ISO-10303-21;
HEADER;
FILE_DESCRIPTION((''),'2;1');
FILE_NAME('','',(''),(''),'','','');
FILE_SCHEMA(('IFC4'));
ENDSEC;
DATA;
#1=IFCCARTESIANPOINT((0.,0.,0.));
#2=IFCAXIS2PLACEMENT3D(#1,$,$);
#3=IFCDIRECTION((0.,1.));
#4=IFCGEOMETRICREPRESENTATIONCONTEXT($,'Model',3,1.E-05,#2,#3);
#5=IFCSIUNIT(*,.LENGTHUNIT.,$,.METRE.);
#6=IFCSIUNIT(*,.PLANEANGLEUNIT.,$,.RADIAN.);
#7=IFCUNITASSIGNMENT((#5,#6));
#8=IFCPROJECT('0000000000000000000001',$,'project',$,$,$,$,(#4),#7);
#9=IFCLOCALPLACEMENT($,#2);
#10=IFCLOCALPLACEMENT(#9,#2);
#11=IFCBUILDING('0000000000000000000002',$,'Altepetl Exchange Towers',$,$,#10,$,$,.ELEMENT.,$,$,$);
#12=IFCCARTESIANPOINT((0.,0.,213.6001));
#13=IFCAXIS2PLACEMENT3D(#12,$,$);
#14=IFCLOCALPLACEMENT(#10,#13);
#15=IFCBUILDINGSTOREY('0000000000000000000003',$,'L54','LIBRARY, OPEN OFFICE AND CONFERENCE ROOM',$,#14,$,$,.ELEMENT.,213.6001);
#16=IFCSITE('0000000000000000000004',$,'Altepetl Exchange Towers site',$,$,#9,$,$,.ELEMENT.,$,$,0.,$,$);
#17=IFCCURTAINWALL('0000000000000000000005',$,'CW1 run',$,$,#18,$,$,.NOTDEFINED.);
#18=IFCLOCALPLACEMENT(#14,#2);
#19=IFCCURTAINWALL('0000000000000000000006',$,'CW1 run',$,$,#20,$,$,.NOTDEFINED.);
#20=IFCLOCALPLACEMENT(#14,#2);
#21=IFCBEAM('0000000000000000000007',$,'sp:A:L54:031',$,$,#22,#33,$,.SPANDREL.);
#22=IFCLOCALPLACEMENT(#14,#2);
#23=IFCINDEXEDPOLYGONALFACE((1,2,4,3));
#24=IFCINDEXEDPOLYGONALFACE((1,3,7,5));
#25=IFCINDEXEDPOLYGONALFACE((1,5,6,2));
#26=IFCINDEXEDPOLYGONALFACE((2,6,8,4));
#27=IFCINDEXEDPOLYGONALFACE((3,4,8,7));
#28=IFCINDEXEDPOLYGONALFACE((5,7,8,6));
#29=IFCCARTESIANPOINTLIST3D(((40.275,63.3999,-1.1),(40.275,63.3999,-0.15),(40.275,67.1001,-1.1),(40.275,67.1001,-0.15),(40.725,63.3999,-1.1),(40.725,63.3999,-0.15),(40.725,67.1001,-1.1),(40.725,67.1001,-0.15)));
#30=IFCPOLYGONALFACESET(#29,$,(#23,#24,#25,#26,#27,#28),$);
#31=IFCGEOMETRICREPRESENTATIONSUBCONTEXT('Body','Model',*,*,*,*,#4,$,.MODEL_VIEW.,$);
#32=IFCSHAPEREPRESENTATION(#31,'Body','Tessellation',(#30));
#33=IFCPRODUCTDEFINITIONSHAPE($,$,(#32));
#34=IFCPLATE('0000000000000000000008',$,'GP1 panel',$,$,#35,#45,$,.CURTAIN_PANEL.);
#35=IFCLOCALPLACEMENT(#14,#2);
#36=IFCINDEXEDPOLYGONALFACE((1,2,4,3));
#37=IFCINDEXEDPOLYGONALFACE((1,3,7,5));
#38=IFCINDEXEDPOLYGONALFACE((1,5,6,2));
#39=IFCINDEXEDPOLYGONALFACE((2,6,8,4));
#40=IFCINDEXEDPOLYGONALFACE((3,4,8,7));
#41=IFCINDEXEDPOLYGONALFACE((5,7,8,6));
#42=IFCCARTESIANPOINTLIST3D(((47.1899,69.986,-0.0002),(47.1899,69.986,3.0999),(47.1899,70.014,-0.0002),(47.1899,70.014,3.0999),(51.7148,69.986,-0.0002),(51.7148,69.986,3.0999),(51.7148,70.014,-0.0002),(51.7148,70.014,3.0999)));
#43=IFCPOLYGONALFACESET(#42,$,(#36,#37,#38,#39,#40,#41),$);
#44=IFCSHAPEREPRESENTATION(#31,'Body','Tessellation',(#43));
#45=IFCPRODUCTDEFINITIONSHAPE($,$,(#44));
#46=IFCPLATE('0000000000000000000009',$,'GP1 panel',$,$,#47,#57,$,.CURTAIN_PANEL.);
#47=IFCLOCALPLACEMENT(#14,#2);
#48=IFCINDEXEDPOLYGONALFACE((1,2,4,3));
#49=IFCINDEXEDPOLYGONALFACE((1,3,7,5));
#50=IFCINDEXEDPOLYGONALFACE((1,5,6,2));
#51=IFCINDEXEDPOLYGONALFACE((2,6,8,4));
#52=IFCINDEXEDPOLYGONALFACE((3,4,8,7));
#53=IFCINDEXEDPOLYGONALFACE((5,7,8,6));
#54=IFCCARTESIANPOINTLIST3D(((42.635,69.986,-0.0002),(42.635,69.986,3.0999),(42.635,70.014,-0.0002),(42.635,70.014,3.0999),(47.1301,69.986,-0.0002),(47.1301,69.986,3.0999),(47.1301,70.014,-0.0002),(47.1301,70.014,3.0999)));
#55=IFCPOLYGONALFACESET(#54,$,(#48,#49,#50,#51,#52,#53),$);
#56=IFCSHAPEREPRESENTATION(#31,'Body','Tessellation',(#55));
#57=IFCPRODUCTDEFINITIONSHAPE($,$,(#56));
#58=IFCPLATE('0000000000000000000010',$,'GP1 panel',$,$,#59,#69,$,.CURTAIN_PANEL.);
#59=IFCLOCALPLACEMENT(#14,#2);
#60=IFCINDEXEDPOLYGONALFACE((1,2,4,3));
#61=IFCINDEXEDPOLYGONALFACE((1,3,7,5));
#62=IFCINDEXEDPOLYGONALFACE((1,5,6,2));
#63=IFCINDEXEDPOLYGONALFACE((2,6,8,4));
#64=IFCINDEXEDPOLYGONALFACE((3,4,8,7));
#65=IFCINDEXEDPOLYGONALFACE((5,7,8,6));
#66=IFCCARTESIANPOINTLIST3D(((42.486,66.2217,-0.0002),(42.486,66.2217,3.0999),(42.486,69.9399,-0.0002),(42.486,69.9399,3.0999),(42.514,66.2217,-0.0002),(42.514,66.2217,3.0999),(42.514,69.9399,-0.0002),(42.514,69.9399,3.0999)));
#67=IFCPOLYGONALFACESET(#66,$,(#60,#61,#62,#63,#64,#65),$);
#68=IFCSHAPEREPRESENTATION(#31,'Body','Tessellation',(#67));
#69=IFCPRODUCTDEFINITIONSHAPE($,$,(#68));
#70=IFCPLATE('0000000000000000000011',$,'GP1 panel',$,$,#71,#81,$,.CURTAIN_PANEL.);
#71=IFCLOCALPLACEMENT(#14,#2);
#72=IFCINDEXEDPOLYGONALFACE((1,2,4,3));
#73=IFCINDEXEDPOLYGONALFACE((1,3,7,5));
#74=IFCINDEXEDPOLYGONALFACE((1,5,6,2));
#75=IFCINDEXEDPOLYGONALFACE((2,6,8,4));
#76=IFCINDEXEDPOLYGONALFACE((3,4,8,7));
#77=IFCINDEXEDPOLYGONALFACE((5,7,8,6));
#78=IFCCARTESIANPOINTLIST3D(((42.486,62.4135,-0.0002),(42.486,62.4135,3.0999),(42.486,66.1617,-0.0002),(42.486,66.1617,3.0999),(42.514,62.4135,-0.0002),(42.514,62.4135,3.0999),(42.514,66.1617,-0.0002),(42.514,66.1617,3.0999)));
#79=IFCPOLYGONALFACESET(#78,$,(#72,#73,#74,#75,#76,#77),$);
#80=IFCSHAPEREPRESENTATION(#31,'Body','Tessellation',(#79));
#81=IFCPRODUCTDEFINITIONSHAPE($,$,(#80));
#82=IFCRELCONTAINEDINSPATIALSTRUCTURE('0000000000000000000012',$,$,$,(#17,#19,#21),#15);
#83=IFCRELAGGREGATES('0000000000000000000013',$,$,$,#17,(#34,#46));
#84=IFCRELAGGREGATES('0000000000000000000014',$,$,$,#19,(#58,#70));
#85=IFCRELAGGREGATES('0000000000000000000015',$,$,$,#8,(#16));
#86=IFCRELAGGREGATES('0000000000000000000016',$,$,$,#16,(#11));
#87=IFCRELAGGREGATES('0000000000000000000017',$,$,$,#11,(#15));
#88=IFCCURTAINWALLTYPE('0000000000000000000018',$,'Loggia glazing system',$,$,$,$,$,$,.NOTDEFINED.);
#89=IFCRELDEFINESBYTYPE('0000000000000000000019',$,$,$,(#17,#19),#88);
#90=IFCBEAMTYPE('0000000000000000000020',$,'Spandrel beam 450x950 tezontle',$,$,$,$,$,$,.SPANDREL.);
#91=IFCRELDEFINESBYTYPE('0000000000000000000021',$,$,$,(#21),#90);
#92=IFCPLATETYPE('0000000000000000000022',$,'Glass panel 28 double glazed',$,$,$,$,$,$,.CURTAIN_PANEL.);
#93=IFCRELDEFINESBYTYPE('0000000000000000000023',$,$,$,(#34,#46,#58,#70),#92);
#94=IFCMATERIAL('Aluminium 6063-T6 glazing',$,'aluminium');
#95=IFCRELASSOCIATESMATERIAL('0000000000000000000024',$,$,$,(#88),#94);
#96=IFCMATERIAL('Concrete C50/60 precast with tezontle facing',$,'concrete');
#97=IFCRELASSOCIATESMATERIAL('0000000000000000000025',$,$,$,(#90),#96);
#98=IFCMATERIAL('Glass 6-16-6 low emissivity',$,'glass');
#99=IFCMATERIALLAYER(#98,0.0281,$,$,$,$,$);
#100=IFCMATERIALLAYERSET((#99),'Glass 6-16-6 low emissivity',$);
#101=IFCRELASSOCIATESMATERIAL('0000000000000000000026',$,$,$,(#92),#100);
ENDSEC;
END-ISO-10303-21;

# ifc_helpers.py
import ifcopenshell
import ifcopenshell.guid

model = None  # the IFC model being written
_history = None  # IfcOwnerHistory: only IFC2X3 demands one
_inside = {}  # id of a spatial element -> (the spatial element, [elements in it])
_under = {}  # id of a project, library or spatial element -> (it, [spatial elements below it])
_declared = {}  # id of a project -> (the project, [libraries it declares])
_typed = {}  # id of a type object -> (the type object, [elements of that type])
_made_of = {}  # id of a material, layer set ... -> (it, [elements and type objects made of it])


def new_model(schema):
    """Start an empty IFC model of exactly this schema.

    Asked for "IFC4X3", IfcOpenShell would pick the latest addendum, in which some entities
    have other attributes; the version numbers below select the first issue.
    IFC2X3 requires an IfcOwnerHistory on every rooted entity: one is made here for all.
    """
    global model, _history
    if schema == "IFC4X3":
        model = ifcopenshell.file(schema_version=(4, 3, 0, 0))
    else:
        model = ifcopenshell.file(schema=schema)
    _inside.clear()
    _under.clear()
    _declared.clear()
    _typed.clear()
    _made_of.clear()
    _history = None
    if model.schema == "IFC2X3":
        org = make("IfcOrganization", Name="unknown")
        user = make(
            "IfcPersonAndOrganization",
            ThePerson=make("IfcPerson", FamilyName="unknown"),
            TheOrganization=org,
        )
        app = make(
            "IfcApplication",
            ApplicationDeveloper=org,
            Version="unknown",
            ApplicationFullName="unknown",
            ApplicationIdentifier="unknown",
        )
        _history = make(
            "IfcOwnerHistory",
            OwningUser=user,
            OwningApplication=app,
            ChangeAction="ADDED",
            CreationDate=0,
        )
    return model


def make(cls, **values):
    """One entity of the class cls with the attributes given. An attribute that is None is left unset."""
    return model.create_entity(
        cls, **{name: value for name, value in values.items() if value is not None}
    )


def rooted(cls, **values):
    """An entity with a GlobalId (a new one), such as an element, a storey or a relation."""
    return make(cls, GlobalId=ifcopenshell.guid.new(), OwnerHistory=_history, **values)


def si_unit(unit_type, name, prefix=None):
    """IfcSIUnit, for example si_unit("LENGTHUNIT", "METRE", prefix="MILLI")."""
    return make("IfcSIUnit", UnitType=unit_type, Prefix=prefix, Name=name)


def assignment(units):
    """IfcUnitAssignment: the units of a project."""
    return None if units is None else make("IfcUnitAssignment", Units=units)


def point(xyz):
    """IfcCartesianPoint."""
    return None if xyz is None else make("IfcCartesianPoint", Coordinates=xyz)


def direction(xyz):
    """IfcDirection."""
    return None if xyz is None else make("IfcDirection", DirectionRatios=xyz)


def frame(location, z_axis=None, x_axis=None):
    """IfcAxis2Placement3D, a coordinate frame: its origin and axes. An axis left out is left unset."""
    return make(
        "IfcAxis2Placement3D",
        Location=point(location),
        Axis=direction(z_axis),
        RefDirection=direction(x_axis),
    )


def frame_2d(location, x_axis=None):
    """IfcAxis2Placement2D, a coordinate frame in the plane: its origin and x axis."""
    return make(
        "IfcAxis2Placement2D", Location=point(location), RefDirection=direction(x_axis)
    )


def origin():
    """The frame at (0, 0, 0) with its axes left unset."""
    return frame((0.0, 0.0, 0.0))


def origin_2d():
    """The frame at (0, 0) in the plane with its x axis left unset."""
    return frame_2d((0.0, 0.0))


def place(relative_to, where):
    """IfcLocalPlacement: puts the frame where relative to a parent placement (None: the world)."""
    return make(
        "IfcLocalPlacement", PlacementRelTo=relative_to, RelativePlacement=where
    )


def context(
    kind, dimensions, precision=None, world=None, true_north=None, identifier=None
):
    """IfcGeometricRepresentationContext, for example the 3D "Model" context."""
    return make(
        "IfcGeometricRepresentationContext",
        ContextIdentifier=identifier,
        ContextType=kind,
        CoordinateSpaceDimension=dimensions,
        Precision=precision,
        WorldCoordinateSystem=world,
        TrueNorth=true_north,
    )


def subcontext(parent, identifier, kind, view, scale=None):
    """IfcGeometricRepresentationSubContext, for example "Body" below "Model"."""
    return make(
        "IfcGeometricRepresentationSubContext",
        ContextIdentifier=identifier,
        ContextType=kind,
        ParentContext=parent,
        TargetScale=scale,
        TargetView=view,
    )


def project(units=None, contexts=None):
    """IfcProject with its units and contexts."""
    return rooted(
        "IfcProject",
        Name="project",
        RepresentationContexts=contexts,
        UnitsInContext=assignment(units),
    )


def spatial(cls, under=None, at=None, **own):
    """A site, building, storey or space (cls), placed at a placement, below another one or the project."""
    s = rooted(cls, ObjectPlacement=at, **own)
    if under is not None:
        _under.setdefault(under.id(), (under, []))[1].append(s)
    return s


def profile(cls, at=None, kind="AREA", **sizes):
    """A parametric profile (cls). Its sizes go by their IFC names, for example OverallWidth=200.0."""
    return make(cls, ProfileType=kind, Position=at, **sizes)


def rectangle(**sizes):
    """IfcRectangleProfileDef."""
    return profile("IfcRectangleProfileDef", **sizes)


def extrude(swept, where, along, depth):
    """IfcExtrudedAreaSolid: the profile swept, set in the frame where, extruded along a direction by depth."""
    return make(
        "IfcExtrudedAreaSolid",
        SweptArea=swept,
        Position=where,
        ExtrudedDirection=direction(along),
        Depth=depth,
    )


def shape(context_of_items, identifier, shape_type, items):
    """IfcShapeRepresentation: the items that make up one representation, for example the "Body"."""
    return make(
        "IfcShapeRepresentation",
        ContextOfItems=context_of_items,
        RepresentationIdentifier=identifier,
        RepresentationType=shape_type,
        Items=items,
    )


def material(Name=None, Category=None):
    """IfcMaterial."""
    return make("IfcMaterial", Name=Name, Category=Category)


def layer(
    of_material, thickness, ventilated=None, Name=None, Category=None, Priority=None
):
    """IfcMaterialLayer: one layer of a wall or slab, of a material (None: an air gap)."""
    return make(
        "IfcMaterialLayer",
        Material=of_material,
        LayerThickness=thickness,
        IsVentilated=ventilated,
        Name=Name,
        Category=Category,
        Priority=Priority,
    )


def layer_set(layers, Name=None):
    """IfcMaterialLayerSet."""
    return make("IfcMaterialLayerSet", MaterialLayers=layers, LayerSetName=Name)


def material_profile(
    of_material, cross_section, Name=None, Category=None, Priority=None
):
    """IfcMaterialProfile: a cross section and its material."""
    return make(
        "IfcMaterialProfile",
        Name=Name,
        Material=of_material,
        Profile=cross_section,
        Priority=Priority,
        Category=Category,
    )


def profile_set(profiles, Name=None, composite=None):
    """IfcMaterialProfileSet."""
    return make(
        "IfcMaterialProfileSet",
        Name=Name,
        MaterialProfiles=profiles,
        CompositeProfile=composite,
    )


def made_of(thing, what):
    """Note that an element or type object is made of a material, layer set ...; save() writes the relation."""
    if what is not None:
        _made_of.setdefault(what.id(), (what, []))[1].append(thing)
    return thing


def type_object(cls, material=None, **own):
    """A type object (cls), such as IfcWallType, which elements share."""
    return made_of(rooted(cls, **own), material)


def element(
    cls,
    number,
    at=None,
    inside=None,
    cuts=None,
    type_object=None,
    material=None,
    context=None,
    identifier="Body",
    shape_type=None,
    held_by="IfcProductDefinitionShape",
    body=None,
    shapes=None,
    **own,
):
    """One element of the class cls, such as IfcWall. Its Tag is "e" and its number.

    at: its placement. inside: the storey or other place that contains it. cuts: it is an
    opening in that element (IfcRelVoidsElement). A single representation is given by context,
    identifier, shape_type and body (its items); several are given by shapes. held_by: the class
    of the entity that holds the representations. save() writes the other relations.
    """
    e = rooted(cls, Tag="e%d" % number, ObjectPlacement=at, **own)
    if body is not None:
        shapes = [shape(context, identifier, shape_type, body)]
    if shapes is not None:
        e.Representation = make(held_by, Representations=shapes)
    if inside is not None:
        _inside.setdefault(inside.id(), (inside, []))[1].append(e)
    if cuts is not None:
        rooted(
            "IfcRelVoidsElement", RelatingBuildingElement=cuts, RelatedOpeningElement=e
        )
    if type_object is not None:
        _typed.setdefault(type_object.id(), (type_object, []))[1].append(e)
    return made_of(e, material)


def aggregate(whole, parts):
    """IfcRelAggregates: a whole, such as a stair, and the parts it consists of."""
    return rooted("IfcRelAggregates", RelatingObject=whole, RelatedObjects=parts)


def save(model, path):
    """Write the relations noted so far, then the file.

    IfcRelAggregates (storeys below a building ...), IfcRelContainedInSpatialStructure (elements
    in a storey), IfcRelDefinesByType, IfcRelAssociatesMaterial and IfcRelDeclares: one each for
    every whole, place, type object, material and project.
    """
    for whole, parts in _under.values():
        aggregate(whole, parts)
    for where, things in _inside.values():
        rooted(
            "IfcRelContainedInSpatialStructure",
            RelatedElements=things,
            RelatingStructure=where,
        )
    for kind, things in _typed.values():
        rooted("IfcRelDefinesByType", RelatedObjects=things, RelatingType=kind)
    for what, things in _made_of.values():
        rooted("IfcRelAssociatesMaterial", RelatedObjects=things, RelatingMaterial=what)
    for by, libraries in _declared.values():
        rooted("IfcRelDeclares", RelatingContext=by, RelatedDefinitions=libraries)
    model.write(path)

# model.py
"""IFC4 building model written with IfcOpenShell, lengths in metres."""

from ifc_helpers import new_model, si_unit, direction, frame, origin, origin_2d, place, context, subcontext, project, spatial, rectangle, extrude, material, layer, layer_set, material_profile, profile_set, type_object, element, aggregate, save


model = new_model("IFC4")

# Units and contexts
model_context = context("Model", 3, precision=1e-05, world=origin(), true_north=direction((0.0, 1.0)))
body_context = subcontext(model_context, "Body", "Model", "MODEL_VIEW")
ifc_project = project(units=[si_unit("LENGTHUNIT", "METRE"), si_unit("PLANEANGLEUNIT", "RADIAN")], contexts=[model_context])

# Site, building, storey
site_placement = place(None, origin())
site = spatial("IfcSite", under=ifc_project, at=site_placement, Name="Altepetl Exchange Towers site", CompositionType="ELEMENT", RefElevation=0.0)
building_placement = place(site_placement, origin())
building = spatial("IfcBuilding", under=site, at=building_placement, Name="Altepetl Exchange Towers", CompositionType="ELEMENT")
storey_placement = place(building_placement, frame((0.0, 0.0, 213.6001)))
storey = spatial("IfcBuildingStorey", under=building, at=storey_placement, Name="L54", Description="LIBRARY, OPEN OFFICE AND CONFERENCE ROOM", CompositionType="ELEMENT", Elevation=213.6001)

# Curtain walls
ifc_material_1 = material(Name="Aluminium 6063-T6 glazing", Category="aluminium")
curtain_wall_type = type_object("IfcCurtainWallType", Name="Loggia glazing system", PredefinedType="NOTDEFINED", material=ifc_material_1)
curtain_wall_1_placement = place(storey_placement, origin())
curtain_wall_1 = element("IfcCurtainWall", 1, at=curtain_wall_1_placement, inside=storey, type_object=curtain_wall_type, Name="CW1 run", PredefinedType="NOTDEFINED")
curtain_wall_2_placement = place(storey_placement, origin())
curtain_wall_2 = element("IfcCurtainWall", 2, at=curtain_wall_2_placement, inside=storey, type_object=curtain_wall_type, Name="CW1 run", PredefinedType="NOTDEFINED")

# Beam
ifc_material_2 = material(Name="Concrete C50/60 precast with tezontle facing", Category="concrete")
ifc_material_profile_1 = material_profile(ifc_material_2, rectangle(XDim=0.45, YDim=0.95, at=origin_2d()), Name="450 x 950")
ifc_profile_set_1 = profile_set([ifc_material_profile_1], Name="Concrete C50/60 precast with tezontle facing")
beam_type_1 = type_object("IfcBeamType", Name="Spandrel beam 450x950 tezontle", PredefinedType="SPANDREL", material=ifc_profile_set_1)
for number, where, z_axis, x_axis, name in (
    (3, (40.5, 67.1001, -0.625), (0.0, -1.0, 0.0), (1.0, 0.0, 0.0), "sp:A:L54:031"),
):
    element("IfcBeam", number, at=place(storey_placement, frame(where, z_axis=z_axis, x_axis=x_axis)), inside=storey, type_object=beam_type_1, Name=name, PredefinedType="SPANDREL", context=body_context, shape_type="SweptSolid", body=[
        extrude(rectangle(XDim=0.45, YDim=0.95, at=origin_2d()), origin(), (0.0, 0.0, 1.0), 3.7002),
    ])

# Plates
ifc_material_3 = material(Name="Glass 6-16-6 low emissivity", Category="glass")
ifc_layer = layer(ifc_material_3, 0.0281)
ifc_layer_set = layer_set([ifc_layer], Name="Glass 6-16-6 low emissivity")
plate_type = type_object("IfcPlateType", Name="Glass panel 28 double glazed", PredefinedType="CURTAIN_PANEL", material=ifc_layer_set)
plate_1_placement = place(storey_placement, frame((49.4524, 70.0, -0.0002), z_axis=(0.0, 0.0, 1.0), x_axis=(-1.0, 0.0, 0.0)))
plate_1 = element("IfcPlate", 4, at=plate_1_placement, type_object=plate_type, Name="GP1 panel", PredefinedType="CURTAIN_PANEL", context=body_context, shape_type="SweptSolid", body=[
    extrude(rectangle(XDim=4.5249, YDim=0.0281, at=origin_2d()), origin(), (0.0, 0.0, 1.0), 3.1001),
])
plate_2_placement = place(storey_placement, frame((44.8826, 70.0, -0.0002), z_axis=(0.0, 0.0, 1.0), x_axis=(-1.0, 0.0, 0.0)))
plate_2 = element("IfcPlate", 5, at=plate_2_placement, type_object=plate_type, Name="GP1 panel", PredefinedType="CURTAIN_PANEL", context=body_context, shape_type="SweptSolid", body=[
    extrude(rectangle(XDim=4.4951, YDim=0.0281, at=origin_2d()), origin(), (0.0, 0.0, 1.0), 3.1001),
])
aggregate(curtain_wall_1, [plate_1, plate_2])
plate_3_placement = place(storey_placement, frame((42.5, 68.0808, -0.0002), z_axis=(0.0, 0.0, 1.0), x_axis=(0.0, -1.0, 0.0)))
plate_3 = element("IfcPlate", 6, at=plate_3_placement, type_object=plate_type, Name="GP1 panel", PredefinedType="CURTAIN_PANEL", context=body_context, shape_type="SweptSolid", body=[
    extrude(rectangle(XDim=3.7183, YDim=0.0281, at=origin_2d()), origin(), (0.0, 0.0, 1.0), 3.1001),
])
plate_4_placement = place(storey_placement, frame((42.5, 64.2876, -0.0002), z_axis=(0.0, 0.0, 1.0), x_axis=(0.0, -1.0, 0.0)))
plate_4 = element("IfcPlate", 7, at=plate_4_placement, type_object=plate_type, Name="GP1 panel", PredefinedType="CURTAIN_PANEL", context=body_context, shape_type="SweptSolid", body=[
    extrude(rectangle(XDim=3.7483, YDim=0.0281, at=origin_2d()), origin(), (0.0, 0.0, 1.0), 3.1001),
])
aggregate(curtain_wall_2, [plate_3, plate_4])

save(model, "model.ifc")
